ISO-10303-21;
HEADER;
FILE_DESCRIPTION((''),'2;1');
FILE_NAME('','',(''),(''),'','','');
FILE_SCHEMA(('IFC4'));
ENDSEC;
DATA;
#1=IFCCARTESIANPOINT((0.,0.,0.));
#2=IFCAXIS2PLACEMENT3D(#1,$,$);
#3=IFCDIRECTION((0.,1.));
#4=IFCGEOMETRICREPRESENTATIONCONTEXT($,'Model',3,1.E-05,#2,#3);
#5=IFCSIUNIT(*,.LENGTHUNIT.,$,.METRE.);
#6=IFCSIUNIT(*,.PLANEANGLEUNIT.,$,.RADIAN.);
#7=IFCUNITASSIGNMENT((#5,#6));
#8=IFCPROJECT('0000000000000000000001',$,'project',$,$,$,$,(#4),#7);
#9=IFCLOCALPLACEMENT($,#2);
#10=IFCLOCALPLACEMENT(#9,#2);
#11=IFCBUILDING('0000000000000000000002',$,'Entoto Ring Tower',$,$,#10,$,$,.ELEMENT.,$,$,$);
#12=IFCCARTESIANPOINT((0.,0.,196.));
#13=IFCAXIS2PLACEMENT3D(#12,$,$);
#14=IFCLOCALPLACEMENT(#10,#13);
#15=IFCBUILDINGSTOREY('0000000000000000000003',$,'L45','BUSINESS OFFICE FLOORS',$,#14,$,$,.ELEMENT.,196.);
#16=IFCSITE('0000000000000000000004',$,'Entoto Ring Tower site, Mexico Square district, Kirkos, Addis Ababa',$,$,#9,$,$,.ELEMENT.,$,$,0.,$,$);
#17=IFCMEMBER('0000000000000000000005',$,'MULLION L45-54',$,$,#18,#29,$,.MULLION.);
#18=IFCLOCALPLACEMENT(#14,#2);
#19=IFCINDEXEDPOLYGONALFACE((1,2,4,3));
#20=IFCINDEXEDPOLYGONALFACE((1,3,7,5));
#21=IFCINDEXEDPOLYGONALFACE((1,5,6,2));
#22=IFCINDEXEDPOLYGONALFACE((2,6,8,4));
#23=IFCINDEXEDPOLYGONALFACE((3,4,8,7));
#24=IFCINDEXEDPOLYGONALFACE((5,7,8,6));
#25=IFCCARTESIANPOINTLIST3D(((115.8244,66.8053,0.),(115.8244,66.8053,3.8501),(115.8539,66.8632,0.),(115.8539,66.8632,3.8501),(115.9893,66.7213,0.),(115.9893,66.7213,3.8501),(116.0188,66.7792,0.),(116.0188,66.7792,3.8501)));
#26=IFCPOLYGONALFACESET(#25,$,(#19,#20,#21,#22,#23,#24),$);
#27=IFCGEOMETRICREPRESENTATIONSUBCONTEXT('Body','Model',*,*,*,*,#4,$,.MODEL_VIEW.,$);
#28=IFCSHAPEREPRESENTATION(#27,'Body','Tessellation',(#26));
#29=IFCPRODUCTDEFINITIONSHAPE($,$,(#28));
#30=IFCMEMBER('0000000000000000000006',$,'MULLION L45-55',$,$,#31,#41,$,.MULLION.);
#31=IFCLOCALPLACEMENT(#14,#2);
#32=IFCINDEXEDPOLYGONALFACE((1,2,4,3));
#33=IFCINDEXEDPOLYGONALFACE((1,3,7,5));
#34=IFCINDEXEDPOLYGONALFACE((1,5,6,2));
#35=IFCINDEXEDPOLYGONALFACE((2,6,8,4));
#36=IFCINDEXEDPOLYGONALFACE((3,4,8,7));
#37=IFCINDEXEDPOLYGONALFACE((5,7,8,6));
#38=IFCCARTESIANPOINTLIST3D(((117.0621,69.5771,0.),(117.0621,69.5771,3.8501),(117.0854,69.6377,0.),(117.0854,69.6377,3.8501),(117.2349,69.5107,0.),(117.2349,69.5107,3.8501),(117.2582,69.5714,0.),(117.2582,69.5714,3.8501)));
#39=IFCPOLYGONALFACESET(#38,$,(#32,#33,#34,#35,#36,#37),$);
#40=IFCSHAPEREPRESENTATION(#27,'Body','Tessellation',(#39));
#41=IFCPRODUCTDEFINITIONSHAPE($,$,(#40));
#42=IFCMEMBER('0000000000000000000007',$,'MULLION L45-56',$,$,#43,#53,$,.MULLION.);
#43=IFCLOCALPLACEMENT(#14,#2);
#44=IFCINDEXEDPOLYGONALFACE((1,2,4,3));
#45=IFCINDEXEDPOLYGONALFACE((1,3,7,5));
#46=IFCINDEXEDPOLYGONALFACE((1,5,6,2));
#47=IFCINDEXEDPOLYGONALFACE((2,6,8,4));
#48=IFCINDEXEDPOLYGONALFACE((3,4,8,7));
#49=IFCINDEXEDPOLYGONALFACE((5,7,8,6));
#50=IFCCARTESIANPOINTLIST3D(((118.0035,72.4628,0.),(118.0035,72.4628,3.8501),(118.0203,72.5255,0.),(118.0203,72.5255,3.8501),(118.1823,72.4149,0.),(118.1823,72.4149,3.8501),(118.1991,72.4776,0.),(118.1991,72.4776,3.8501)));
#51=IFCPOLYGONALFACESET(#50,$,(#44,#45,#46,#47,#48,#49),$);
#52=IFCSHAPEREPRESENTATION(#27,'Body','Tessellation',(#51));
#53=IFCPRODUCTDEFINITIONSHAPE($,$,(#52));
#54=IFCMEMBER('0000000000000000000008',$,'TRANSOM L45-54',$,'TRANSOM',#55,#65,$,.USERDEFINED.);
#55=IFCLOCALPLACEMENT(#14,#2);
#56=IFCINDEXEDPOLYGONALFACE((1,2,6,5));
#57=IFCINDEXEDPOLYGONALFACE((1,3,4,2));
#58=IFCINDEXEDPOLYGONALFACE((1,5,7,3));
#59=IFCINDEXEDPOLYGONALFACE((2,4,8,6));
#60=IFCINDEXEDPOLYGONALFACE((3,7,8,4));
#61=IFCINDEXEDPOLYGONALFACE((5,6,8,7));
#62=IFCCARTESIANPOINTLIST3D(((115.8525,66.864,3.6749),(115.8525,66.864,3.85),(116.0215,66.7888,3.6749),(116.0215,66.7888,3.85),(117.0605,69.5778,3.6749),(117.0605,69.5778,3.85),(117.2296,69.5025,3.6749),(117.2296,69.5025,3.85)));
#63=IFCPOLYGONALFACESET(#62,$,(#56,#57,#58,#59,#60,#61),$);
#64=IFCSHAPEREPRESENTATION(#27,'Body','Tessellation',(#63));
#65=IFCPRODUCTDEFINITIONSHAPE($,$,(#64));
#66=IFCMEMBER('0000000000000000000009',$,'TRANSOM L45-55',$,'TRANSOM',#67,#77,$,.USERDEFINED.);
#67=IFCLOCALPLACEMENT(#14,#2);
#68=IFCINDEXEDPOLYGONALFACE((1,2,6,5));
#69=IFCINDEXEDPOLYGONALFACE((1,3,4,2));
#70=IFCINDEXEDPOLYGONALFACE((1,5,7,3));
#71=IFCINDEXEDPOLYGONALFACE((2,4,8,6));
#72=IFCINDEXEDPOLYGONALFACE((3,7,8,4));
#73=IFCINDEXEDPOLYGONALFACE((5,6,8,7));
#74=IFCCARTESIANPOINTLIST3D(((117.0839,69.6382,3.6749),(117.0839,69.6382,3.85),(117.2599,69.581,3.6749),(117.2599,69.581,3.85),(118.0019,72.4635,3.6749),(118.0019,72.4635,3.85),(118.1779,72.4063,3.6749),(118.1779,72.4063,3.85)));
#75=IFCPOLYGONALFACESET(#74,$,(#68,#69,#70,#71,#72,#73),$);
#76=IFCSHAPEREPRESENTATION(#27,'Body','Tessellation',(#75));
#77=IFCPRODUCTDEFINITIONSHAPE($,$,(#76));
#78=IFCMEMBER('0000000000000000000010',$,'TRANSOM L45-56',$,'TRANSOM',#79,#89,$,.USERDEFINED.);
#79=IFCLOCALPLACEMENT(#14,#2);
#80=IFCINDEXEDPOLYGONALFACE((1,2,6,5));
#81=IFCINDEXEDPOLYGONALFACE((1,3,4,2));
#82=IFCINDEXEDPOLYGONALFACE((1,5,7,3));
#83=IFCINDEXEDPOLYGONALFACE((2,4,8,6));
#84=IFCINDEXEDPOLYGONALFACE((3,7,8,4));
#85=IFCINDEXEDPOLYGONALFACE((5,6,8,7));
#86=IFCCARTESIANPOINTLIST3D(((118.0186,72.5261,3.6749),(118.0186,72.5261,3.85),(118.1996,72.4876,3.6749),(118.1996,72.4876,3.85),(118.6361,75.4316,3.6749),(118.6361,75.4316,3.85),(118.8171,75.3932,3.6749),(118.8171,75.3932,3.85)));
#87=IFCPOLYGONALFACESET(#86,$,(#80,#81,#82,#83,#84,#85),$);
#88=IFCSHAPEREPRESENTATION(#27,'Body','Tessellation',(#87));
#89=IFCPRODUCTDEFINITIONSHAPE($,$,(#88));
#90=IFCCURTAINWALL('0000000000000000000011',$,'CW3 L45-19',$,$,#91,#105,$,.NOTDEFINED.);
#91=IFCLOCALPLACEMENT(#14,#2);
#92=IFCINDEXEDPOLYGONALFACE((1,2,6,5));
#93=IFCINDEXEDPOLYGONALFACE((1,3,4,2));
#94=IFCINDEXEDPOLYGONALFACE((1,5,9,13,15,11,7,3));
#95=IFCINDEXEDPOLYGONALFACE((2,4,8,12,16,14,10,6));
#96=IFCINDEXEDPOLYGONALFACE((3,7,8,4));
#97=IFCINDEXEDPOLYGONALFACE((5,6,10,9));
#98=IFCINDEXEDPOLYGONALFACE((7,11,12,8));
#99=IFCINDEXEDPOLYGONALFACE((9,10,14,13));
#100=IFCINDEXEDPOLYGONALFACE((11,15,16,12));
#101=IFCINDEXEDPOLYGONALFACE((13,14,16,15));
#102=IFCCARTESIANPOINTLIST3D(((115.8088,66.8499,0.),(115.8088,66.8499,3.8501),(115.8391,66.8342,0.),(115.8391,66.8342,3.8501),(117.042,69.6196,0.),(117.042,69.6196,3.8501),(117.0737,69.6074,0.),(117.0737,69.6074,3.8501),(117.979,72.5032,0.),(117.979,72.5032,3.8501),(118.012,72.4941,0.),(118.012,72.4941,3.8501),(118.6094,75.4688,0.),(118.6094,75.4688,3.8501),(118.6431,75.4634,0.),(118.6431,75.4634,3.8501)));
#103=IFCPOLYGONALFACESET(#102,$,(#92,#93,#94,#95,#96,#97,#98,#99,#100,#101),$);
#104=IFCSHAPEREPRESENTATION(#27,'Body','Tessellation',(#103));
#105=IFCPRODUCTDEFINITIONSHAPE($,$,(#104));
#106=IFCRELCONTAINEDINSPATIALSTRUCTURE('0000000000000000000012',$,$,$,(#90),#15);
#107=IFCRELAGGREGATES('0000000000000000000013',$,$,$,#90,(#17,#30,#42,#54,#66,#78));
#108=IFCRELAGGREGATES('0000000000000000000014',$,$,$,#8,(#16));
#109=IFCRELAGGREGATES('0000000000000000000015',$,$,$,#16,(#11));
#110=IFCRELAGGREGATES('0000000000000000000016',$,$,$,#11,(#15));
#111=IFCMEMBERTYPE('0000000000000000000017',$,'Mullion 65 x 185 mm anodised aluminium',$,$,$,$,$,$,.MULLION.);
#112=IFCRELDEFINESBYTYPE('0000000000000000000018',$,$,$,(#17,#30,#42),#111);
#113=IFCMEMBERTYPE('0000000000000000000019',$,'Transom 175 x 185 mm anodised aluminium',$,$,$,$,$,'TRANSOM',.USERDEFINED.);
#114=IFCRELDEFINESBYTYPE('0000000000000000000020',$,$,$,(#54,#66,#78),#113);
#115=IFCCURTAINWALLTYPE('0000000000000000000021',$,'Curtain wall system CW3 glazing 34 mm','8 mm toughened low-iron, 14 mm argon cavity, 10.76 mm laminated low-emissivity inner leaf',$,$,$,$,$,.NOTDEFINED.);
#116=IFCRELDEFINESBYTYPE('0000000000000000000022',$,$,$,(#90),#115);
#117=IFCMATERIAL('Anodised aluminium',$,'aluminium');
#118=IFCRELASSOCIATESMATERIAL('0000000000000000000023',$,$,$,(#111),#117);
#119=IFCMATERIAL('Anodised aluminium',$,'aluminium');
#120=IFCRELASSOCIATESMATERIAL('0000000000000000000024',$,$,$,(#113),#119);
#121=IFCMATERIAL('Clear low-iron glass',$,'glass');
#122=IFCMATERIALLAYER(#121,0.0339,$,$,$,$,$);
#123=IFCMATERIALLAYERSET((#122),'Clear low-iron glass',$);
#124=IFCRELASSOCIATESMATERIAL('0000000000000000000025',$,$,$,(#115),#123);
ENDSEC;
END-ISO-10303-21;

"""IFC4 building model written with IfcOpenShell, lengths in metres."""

from ifc_helpers import new_model, si_unit, direction, frame, origin, origin_2d, place, context, subcontext, project, spatial, polyline, rectangle, outline, extrude, material, layer, layer_set, material_profile, profile_set, type_object, element, aggregate, save


model = new_model("IFC4")

# Units and contexts
model_context = context("Model", 3, precision=1e-05, world=origin(), true_north=direction((0.0, 1.0)))
body_context = subcontext(model_context, "Body", "Model", "MODEL_VIEW")
ifc_project = project(units=[si_unit("LENGTHUNIT", "METRE"), si_unit("PLANEANGLEUNIT", "RADIAN")], contexts=[model_context])

# Members
ifc_material_1 = material(Name="Anodised aluminium", Category="aluminium")
ifc_material_profile_1 = material_profile(ifc_material_1, rectangle(XDim=0.0649, YDim=0.1851, at=origin_2d()), Name="Mullion 65 x 185 mm anodised aluminium")
ifc_profile_set_1 = profile_set([ifc_material_profile_1], Name="Anodised aluminium")
member_type_1 = type_object("IfcMemberType", Name="Mullion 65 x 185 mm anodised aluminium", PredefinedType="MULLION", material=ifc_profile_set_1)
site_placement = place(None, origin())
building_placement = place(site_placement, origin())
storey_placement = place(building_placement, frame((0.0, 0.0, 196.0)))
member_1_placement = place(storey_placement, frame((115.9216, 66.7922, 0.0), z_axis=(0.0, 0.0, 1.0), x_axis=(0.45399, 0.891007, 0.0)))
member_1 = element("IfcMember", 1, at=member_1_placement, type_object=member_type_1, Name="MULLION L45-54", PredefinedType="MULLION", context=body_context, shape_type="SweptSolid", body=[
    extrude(rectangle(XDim=0.0649, YDim=0.1851, at=origin_2d()), origin(), (0.0, 0.0, 1.0), 3.8501),
])
member_2_placement = place(storey_placement, frame((117.1602, 69.5742, 0.0), z_axis=(0.0, 0.0, 1.0), x_axis=(0.358368, 0.93358, 0.0)))
member_2 = element("IfcMember", 2, at=member_2_placement, type_object=member_type_1, Name="MULLION L45-55", PredefinedType="MULLION", context=body_context, shape_type="SweptSolid", body=[
    extrude(rectangle(XDim=0.0649, YDim=0.1851, at=origin_2d()), origin(), (0.0, 0.0, 1.0), 3.8501),
])
member_3_placement = place(storey_placement, frame((118.1013, 72.4702, 0.0), z_axis=(0.0, 0.0, 1.0), x_axis=(0.258819, 0.965926, 0.0)))
member_3 = element("IfcMember", 3, at=member_3_placement, type_object=member_type_1, Name="MULLION L45-56", PredefinedType="MULLION", context=body_context, shape_type="SweptSolid", body=[
    extrude(rectangle(XDim=0.0649, YDim=0.1851, at=origin_2d()), origin(), (0.0, 0.0, 1.0), 3.8501),
])
ifc_material_2 = material(Name="Anodised aluminium", Category="aluminium")
ifc_material_profile_2 = material_profile(ifc_material_2, rectangle(XDim=0.1851, YDim=0.175, at=origin_2d()), Name="Transom 175 x 185 mm anodised aluminium")
ifc_profile_set_2 = profile_set([ifc_material_profile_2], Name="Anodised aluminium")
member_type_2 = type_object("IfcMemberType", Name="Transom 175 x 185 mm anodised aluminium", ElementType="TRANSOM", PredefinedType="USERDEFINED", material=ifc_profile_set_2)
member_4_placement = place(storey_placement, frame((115.937, 66.8264, 3.7625), z_axis=(0.406687, 0.913567, 0.0), x_axis=(-0.913567, 0.406687, 0.0)))
member_4 = element("IfcMember", 4, at=member_4_placement, type_object=member_type_2, Name="TRANSOM L45-54", ObjectType="TRANSOM", PredefinedType="USERDEFINED", context=body_context, shape_type="SweptSolid", body=[
    extrude(rectangle(XDim=0.1851, YDim=0.175, at=origin_2d()), origin(), (0.0, 0.0, 1.0), 2.9705),
])
member_5_placement = place(storey_placement, frame((117.1719, 69.6096, 3.7625), z_axis=(0.309019, 0.951056, 0.0), x_axis=(-0.951056, 0.309019, 0.0)))
member_5 = element("IfcMember", 5, at=member_5_placement, type_object=member_type_2, Name="TRANSOM L45-55", ObjectType="TRANSOM", PredefinedType="USERDEFINED", context=body_context, shape_type="SweptSolid", body=[
    extrude(rectangle(XDim=0.1851, YDim=0.175, at=origin_2d()), origin(), (0.0, 0.0, 1.0), 2.9707),
])
member_6_placement = place(storey_placement, frame((118.1091, 72.5068, 3.7625), z_axis=(0.207862, 0.978158, 0.0), x_axis=(-0.978158, 0.207862, 0.0)))
member_6 = element("IfcMember", 6, at=member_6_placement, type_object=member_type_2, Name="TRANSOM L45-56", ObjectType="TRANSOM", PredefinedType="USERDEFINED", context=body_context, shape_type="SweptSolid", body=[
    extrude(rectangle(XDim=0.1851, YDim=0.175, at=origin_2d()), origin(), (0.0, 0.0, 1.0), 2.9705),
])

# Site, building, storey
site = spatial("IfcSite", under=ifc_project, at=site_placement, Name="Entoto Ring Tower site, Mexico Square district, Kirkos, Addis Ababa", CompositionType="ELEMENT", RefElevation=0.0)
building = spatial("IfcBuilding", under=site, at=building_placement, Name="Entoto Ring Tower", CompositionType="ELEMENT")
storey = spatial("IfcBuildingStorey", under=building, at=storey_placement, Name="L45", Description="BUSINESS OFFICE FLOORS", CompositionType="ELEMENT", Elevation=196.0)

# Curtain wall
ifc_material_3 = material(Name="Clear low-iron glass", Category="glass")
ifc_layer_1 = layer(ifc_material_3, 0.0339)
ifc_layer_set_1 = layer_set([ifc_layer_1], Name="Clear low-iron glass")
curtain_wall_type = type_object("IfcCurtainWallType", Name="Curtain wall system CW3 glazing 34 mm", Description="8 mm toughened low-iron, 14 mm argon cavity, 10.76 mm laminated low-emissivity inner leaf", PredefinedType="NOTDEFINED", material=ifc_layer_set_1)
curtain_wall_1_placement = place(storey_placement, origin())
curtain_wall_1 = element("IfcCurtainWall", 7, at=curtain_wall_1_placement, inside=storey, type_object=curtain_wall_type, Name="CW3 L45-19", PredefinedType="NOTDEFINED", context=body_context, shape_type="SweptSolid", body=[
    extrude(outline(polyline([(115.8391, 66.8342), (117.0737, 69.6074), (118.012, 72.4941), (118.6431, 75.4634), (118.6094, 75.4688), (117.979, 72.5032), (117.042, 69.6196), (115.8088, 66.8499), (115.8391, 66.8342)])), origin(), (0.0, 0.0, 1.0), 3.8501),
])
aggregate(curtain_wall_1, [member_1, member_2, member_3, member_4, member_5, member_6])

save(model, "model.ifc")
